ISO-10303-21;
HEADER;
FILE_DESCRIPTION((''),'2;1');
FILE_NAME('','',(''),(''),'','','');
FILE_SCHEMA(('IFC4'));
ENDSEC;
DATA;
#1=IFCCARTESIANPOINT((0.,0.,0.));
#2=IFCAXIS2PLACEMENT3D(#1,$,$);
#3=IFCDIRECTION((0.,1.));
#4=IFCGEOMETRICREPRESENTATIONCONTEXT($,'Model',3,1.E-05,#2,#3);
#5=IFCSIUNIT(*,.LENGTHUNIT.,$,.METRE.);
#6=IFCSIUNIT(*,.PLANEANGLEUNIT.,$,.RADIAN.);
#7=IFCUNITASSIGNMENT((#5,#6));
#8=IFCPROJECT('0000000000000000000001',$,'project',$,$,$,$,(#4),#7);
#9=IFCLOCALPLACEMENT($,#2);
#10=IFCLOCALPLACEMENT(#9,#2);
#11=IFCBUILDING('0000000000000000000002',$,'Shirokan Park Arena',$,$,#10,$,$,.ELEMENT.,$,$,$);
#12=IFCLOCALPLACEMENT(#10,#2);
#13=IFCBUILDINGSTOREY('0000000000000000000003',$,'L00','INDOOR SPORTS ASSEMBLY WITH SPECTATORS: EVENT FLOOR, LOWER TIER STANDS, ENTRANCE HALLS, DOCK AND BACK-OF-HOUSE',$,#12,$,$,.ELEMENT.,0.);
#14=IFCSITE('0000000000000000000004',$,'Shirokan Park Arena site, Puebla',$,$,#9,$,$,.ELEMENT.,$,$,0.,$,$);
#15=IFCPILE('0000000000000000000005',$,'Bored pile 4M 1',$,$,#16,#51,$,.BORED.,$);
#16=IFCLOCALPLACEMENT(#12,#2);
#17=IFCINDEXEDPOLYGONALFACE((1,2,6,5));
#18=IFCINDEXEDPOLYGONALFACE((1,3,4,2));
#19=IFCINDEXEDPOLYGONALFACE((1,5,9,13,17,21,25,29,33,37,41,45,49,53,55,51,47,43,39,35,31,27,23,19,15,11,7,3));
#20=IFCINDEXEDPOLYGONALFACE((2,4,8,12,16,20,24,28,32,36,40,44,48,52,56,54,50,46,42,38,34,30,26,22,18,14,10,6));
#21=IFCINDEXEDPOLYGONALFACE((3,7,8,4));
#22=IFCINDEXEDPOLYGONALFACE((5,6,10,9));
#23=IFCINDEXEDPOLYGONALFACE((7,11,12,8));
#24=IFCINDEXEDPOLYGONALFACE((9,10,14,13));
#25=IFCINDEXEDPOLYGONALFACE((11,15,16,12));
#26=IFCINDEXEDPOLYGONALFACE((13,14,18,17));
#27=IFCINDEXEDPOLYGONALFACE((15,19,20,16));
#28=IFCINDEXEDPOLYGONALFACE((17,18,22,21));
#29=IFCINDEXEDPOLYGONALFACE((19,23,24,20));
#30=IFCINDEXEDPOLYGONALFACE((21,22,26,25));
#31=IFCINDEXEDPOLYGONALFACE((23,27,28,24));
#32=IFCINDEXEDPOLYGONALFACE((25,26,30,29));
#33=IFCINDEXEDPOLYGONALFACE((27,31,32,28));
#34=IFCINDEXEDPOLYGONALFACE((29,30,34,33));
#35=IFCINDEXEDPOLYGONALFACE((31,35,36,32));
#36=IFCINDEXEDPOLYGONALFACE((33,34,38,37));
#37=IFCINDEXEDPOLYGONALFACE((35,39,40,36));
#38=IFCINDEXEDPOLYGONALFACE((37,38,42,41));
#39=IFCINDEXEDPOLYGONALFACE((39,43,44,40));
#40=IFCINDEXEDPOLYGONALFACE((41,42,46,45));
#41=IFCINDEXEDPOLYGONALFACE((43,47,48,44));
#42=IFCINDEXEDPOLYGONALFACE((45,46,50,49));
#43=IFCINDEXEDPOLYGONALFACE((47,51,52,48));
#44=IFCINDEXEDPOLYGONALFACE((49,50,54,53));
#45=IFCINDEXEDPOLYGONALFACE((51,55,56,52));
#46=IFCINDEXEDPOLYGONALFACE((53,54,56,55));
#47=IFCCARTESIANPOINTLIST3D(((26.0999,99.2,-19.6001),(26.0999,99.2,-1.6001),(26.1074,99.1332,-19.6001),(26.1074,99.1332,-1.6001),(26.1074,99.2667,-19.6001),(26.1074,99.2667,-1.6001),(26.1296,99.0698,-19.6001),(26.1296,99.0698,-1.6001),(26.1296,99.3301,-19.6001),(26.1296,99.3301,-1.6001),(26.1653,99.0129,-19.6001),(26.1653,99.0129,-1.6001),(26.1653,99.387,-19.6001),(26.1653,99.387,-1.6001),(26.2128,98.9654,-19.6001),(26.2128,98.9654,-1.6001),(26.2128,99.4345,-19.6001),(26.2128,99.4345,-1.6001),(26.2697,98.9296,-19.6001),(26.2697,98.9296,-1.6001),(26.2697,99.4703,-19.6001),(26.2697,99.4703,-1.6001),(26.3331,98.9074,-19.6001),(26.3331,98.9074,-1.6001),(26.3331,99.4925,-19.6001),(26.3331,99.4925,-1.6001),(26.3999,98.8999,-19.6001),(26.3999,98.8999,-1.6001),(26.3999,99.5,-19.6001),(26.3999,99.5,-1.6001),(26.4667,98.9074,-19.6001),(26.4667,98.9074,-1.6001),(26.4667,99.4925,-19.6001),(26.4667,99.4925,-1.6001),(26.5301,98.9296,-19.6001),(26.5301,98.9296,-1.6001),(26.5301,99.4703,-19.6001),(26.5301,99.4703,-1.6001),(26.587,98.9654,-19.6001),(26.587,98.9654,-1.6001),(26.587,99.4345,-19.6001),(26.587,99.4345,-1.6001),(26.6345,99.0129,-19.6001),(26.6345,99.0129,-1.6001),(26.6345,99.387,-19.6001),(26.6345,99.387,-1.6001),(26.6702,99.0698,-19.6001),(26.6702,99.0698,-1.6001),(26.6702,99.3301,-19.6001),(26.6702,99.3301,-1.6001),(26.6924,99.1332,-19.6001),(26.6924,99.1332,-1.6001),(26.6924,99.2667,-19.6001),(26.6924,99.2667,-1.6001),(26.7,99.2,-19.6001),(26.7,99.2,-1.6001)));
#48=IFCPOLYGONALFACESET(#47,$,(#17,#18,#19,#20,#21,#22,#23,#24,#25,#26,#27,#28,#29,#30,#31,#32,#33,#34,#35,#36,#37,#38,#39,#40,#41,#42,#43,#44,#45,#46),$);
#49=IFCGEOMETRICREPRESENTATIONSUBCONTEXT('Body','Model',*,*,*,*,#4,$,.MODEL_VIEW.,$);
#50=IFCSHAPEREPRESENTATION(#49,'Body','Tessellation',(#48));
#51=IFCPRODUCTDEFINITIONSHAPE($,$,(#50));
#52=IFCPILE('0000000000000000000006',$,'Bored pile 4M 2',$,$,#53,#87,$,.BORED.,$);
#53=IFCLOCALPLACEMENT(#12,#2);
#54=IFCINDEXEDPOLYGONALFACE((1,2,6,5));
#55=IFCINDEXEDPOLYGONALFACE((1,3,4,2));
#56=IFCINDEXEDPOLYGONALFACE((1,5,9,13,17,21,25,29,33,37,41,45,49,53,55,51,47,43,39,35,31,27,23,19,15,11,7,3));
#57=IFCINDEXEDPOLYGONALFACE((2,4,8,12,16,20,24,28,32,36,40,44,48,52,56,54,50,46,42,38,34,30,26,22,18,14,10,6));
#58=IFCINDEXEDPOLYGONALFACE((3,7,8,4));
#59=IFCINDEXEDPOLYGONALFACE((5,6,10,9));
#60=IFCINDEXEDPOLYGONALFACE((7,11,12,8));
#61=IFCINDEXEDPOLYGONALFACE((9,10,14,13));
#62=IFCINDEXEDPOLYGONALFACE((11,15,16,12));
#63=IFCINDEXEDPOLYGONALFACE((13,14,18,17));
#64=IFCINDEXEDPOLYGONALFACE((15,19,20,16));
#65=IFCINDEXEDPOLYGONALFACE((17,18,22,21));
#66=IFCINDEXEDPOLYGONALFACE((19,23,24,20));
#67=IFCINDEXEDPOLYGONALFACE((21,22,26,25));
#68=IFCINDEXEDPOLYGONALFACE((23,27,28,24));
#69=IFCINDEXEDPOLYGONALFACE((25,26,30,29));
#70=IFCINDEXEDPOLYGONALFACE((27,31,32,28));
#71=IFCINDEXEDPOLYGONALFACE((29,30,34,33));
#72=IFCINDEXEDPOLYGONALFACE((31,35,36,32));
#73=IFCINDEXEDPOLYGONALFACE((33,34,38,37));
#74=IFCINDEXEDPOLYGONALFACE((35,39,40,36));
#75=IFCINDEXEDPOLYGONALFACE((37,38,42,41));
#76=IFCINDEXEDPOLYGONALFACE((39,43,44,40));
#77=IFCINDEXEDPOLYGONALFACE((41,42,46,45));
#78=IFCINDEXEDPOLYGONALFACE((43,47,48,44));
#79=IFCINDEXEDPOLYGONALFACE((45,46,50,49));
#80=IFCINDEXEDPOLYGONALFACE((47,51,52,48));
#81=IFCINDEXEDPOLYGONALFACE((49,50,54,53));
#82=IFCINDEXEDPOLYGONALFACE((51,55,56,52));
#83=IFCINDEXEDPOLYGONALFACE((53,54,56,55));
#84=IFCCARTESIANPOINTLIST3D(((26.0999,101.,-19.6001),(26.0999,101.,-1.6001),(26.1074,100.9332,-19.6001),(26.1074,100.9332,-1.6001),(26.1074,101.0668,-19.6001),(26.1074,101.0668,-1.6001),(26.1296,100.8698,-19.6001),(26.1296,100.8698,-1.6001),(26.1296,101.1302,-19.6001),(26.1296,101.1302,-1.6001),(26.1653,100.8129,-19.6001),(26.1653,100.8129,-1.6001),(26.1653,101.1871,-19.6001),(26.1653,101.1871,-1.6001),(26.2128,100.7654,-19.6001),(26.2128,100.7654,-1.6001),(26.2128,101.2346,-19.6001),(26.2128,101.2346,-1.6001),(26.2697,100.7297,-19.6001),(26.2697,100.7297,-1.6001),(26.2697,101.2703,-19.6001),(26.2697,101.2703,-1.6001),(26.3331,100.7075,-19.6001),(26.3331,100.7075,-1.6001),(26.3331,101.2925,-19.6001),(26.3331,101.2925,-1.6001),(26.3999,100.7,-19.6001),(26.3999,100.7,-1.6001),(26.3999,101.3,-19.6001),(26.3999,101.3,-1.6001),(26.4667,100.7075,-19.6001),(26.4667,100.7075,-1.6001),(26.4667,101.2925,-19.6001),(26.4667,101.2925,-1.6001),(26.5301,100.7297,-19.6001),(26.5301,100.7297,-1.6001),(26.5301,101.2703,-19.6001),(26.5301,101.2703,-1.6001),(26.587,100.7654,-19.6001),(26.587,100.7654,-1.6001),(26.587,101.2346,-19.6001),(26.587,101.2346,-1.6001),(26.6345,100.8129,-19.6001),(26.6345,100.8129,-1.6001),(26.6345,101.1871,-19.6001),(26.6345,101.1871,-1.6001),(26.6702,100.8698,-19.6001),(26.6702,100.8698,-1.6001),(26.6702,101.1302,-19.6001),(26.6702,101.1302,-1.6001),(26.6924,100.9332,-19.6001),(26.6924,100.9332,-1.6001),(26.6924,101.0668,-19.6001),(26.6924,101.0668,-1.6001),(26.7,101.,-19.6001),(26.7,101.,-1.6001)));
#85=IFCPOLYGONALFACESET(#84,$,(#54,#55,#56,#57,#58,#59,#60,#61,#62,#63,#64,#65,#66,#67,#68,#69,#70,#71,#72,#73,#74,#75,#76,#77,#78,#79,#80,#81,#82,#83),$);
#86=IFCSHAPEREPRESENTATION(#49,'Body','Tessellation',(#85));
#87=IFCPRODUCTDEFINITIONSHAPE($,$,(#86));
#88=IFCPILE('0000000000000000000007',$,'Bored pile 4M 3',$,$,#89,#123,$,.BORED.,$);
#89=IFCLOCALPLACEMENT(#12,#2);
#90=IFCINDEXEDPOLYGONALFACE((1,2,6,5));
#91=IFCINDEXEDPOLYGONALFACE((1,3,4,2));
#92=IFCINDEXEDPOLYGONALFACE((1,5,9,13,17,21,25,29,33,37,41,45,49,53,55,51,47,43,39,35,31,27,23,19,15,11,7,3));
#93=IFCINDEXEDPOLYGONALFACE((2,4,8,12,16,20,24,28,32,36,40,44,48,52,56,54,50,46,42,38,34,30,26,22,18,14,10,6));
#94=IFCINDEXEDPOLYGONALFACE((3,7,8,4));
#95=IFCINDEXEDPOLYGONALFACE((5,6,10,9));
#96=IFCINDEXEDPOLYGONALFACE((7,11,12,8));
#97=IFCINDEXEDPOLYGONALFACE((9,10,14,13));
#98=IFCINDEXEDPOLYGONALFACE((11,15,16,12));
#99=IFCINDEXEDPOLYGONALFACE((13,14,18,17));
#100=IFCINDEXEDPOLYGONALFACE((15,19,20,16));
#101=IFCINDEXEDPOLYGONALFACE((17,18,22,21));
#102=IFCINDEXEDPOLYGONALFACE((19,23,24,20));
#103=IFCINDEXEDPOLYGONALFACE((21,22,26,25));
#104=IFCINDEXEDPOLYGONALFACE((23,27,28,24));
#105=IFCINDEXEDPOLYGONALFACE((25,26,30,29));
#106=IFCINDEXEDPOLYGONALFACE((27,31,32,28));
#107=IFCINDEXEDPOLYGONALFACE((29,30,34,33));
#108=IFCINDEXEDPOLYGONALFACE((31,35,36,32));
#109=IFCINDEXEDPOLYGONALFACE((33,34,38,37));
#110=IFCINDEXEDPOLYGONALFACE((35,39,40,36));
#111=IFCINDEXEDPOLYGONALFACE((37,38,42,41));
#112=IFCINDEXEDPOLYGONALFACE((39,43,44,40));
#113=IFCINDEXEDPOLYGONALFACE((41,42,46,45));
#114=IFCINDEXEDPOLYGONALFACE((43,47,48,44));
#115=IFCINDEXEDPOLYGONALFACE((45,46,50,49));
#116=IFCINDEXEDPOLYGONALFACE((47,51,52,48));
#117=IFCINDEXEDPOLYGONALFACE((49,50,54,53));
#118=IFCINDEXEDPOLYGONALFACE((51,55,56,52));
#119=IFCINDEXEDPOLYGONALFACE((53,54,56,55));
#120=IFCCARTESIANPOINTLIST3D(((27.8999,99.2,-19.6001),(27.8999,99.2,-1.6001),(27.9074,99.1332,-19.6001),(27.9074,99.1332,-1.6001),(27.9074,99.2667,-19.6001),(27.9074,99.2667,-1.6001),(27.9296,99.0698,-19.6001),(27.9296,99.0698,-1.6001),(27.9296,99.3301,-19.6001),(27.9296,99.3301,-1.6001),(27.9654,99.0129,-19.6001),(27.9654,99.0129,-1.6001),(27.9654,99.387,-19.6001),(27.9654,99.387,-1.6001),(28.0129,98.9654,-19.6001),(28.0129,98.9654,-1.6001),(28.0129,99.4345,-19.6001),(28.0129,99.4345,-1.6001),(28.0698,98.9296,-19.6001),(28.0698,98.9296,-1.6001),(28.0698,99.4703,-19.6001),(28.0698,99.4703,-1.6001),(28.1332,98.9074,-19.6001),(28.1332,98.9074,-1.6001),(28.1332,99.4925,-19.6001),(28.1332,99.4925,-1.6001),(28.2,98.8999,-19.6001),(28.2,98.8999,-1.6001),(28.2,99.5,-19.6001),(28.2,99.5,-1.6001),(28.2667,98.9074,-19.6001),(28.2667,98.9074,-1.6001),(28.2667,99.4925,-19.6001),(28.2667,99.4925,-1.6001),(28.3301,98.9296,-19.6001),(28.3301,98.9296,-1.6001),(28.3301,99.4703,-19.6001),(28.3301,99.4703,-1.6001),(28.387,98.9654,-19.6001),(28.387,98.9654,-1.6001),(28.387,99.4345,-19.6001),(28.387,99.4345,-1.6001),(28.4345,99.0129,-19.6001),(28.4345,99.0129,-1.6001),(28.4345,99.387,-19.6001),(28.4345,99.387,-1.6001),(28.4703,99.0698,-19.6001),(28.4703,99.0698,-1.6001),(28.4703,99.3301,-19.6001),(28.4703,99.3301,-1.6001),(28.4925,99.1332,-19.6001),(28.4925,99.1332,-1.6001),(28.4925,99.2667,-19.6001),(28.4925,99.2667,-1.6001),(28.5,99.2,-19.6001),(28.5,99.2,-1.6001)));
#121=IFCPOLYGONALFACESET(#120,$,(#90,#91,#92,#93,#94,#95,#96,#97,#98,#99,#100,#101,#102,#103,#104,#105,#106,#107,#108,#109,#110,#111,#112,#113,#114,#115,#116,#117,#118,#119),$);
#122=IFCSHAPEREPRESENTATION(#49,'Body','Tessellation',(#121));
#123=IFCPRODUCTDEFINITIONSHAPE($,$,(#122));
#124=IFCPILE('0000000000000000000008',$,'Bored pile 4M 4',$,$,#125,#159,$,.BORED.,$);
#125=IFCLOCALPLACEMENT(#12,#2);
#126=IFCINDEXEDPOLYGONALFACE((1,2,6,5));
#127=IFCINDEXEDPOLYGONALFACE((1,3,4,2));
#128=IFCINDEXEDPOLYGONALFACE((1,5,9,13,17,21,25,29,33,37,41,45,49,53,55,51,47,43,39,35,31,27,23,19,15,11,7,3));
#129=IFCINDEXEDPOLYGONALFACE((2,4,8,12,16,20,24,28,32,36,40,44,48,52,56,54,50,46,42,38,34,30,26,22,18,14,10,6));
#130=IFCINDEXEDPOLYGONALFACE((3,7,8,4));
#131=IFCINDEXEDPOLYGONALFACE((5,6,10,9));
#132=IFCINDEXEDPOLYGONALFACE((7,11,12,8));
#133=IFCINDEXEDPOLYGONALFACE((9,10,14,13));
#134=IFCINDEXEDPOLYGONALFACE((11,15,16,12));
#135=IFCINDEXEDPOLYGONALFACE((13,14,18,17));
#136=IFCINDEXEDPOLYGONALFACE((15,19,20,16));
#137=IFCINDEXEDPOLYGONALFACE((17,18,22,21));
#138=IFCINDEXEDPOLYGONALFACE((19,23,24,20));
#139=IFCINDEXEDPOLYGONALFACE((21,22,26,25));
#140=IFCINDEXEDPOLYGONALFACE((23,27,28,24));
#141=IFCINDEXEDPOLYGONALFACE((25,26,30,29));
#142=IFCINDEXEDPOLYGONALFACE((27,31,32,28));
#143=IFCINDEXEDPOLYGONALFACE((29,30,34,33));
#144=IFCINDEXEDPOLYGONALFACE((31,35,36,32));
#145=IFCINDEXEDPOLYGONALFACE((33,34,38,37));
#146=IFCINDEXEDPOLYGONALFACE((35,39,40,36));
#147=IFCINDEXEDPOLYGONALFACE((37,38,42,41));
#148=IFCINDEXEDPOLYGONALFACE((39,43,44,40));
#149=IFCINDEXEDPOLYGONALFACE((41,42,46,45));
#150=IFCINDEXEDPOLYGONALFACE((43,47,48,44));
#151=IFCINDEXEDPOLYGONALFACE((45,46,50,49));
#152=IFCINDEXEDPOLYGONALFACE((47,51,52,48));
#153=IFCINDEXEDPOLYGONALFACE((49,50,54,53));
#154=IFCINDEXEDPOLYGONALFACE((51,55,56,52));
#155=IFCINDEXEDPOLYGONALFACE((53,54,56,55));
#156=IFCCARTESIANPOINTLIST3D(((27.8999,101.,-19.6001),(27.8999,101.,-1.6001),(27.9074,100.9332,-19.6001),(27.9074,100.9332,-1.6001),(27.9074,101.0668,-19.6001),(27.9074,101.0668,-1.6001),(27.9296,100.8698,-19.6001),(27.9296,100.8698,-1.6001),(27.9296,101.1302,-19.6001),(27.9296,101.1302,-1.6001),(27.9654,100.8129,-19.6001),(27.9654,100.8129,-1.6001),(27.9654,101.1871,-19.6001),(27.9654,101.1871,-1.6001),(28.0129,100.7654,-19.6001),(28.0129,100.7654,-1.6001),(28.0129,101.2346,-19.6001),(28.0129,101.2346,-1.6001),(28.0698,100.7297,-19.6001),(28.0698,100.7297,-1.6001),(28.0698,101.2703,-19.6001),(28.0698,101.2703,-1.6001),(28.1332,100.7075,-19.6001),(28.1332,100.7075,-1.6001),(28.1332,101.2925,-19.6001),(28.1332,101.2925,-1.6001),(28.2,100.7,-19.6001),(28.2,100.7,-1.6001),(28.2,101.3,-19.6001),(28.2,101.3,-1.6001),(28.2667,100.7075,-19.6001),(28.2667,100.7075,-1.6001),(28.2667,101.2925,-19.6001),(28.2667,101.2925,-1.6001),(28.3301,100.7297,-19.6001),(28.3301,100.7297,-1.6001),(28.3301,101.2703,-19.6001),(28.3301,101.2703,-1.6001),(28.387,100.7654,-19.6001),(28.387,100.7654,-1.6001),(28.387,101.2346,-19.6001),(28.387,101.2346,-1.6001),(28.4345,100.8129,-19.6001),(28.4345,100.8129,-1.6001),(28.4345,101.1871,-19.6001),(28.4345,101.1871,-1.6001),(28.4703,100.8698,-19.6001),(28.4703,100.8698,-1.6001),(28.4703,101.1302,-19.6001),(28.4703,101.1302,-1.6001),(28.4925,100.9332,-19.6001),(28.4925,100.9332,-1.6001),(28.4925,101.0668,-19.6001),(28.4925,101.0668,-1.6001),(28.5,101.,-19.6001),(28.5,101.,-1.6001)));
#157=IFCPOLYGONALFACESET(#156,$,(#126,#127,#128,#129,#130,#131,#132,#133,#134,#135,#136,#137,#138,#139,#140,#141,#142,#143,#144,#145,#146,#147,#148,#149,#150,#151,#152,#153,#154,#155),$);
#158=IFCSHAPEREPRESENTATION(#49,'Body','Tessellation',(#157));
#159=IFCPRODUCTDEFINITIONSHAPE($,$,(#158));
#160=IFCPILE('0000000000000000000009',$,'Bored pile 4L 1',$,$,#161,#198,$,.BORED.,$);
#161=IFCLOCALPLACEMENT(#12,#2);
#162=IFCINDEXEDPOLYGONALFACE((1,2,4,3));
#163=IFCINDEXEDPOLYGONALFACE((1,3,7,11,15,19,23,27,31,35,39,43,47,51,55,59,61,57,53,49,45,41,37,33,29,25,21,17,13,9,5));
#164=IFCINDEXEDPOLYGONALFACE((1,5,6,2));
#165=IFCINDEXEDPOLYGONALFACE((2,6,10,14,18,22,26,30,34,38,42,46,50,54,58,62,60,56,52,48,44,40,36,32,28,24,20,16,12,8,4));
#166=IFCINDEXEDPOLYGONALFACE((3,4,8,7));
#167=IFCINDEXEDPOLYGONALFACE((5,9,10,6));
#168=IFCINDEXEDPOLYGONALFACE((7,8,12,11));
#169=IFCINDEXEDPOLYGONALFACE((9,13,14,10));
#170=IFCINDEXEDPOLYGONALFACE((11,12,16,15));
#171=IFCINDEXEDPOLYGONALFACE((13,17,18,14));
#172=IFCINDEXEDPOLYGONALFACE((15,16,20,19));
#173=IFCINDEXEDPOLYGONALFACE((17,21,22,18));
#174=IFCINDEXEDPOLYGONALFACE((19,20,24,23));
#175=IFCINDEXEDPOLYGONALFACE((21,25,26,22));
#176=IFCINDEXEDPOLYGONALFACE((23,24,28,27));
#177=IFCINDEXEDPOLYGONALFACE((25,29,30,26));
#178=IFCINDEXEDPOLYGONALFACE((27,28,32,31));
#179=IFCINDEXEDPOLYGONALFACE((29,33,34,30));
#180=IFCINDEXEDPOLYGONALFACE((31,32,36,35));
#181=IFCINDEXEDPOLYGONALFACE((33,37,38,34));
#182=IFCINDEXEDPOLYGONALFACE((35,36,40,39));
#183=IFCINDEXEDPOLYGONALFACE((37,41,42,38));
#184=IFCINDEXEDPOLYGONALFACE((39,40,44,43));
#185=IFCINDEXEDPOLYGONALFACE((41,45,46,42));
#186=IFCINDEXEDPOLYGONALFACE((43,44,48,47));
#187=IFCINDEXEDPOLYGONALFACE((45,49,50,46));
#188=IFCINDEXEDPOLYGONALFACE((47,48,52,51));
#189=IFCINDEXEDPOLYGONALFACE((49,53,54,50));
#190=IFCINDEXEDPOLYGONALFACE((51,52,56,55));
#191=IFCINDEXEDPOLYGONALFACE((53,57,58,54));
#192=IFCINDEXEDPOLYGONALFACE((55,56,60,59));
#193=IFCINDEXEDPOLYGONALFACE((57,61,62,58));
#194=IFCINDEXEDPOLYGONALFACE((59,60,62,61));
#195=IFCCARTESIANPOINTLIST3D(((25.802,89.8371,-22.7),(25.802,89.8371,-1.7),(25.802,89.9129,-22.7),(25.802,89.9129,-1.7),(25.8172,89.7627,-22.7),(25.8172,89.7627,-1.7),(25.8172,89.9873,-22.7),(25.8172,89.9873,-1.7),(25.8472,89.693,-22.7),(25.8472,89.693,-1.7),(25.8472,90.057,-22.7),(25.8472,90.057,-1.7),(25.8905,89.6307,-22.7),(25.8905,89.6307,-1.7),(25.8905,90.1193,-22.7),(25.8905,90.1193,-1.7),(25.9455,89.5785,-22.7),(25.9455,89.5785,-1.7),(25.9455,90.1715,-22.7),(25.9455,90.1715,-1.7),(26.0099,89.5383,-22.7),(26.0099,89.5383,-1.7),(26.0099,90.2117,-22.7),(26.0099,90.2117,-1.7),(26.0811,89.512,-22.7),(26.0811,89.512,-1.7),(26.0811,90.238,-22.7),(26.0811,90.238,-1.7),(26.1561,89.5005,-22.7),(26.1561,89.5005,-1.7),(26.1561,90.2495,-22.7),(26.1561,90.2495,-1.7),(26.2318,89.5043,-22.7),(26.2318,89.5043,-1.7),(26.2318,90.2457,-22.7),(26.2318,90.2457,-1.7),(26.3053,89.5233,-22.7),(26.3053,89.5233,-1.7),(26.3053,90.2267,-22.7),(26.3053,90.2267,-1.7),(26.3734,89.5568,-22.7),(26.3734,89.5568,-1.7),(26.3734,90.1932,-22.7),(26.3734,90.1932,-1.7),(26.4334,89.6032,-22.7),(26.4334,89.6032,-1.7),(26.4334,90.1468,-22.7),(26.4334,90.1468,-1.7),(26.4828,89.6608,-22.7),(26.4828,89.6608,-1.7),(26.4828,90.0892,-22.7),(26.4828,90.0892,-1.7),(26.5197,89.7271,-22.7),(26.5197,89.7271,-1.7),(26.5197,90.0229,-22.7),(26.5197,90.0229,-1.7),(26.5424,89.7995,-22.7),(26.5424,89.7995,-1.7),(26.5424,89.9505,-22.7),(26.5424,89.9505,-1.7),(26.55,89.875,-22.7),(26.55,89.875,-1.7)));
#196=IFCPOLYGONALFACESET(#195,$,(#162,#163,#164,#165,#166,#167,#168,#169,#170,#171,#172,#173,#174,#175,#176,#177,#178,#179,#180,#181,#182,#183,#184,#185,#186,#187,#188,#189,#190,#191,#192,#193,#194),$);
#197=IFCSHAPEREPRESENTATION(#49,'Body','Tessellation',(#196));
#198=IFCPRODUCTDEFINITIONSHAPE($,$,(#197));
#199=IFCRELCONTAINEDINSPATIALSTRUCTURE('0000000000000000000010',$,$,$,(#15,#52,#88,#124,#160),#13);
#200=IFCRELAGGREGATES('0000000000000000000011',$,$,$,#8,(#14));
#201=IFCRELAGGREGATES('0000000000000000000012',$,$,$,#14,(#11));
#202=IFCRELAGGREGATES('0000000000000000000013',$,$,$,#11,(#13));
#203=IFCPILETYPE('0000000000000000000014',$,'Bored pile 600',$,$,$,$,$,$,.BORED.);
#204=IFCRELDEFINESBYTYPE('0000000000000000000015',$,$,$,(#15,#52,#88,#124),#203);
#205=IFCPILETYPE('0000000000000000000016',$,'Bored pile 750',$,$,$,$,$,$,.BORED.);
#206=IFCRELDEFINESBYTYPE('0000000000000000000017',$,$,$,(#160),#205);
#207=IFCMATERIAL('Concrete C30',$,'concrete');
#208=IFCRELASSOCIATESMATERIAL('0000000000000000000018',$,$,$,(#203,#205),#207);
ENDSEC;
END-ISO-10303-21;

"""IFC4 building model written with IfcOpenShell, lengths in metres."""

from ifc_helpers import new_model, si_unit, direction, frame, origin, origin_2d, place, context, subcontext, project, spatial, circle, extrude, material, material_profile, profile_set, type_object, element, save


model = new_model("IFC4")

# Units and contexts
model_context = context("Model", 3, precision=1e-05, world=origin(), true_north=direction((0.0, 1.0)))
body_context = subcontext(model_context, "Body", "Model", "MODEL_VIEW")
ifc_project = project(units=[si_unit("LENGTHUNIT", "METRE"), si_unit("PLANEANGLEUNIT", "RADIAN")], contexts=[model_context])

# Site, building, storey
site_placement = place(None, origin())
site = spatial("IfcSite", under=ifc_project, at=site_placement, Name="Shirokan Park Arena site, Puebla", CompositionType="ELEMENT", RefElevation=0.0)
building_placement = place(site_placement, origin())
building = spatial("IfcBuilding", under=site, at=building_placement, Name="Shirokan Park Arena", CompositionType="ELEMENT")
storey_placement = place(building_placement, origin())
storey = spatial("IfcBuildingStorey", under=building, at=storey_placement, Name="L00", Description="INDOOR SPORTS ASSEMBLY WITH SPECTATORS: EVENT FLOOR, LOWER TIER STANDS, ENTRANCE HALLS, DOCK AND BACK-OF-HOUSE", CompositionType="ELEMENT", Elevation=0.0)

# Piles
ifc_material_1 = material(Name="Concrete C30", Category="concrete")
ifc_material_profile_1 = material_profile(ifc_material_1, circle(Radius=0.3, at=origin_2d()), Name="D600")
ifc_profile_set_1 = profile_set([ifc_material_profile_1], Name="Concrete C30")
pile_type_1 = type_object("IfcPileType", Name="Bored pile 600", PredefinedType="BORED", material=ifc_profile_set_1)
for number, where, z_axis, x_axis, name in (
    (1, (26.3999, 99.2, -1.6001), (0.0, 0.0, -1.0), (1.0, 0.0, 0.0), "Bored pile 4M 1"),
    (2, (26.3999, 101.0, -1.6001), (0.0, 0.0, -1.0), (1.0, 0.0, 0.0), "Bored pile 4M 2"),
    (3, (28.2, 99.2, -1.6001), (0.0, 0.0, -1.0), (1.0, 0.0, 0.0), "Bored pile 4M 3"),
    (4, (28.2, 101.0, -1.6001), (0.0, 0.0, -1.0), (1.0, 0.0, 0.0), "Bored pile 4M 4"),
):
    element("IfcPile", number, at=place(storey_placement, frame(where, z_axis=z_axis, x_axis=x_axis)), inside=storey, type_object=pile_type_1, Name=name, PredefinedType="BORED", context=body_context, shape_type="SweptSolid", body=[
        extrude(circle(Radius=0.3, at=origin_2d()), origin(), (0.0, 0.0, 1.0), 18.0),
    ])
ifc_material_profile_2 = material_profile(ifc_material_1, circle(Radius=0.375, at=origin_2d()), Name="D750")
ifc_profile_set_2 = profile_set([ifc_material_profile_2], Name="Concrete C30")
pile_type_2 = type_object("IfcPileType", Name="Bored pile 750", PredefinedType="BORED", material=ifc_profile_set_2)
for number, where, z_axis, x_axis, name in (
    (5, (26.175, 89.875, -1.7), (0.0, 0.0, -1.0), (1.0, 0.0, 0.0), "Bored pile 4L 1"),
):
    element("IfcPile", number, at=place(storey_placement, frame(where, z_axis=z_axis, x_axis=x_axis)), inside=storey, type_object=pile_type_2, Name=name, PredefinedType="BORED", context=body_context, shape_type="SweptSolid", body=[
        extrude(circle(Radius=0.375, at=origin_2d()), origin(), (0.0, 0.0, 1.0), 21.0),
    ])

save(model, "model.ifc")
